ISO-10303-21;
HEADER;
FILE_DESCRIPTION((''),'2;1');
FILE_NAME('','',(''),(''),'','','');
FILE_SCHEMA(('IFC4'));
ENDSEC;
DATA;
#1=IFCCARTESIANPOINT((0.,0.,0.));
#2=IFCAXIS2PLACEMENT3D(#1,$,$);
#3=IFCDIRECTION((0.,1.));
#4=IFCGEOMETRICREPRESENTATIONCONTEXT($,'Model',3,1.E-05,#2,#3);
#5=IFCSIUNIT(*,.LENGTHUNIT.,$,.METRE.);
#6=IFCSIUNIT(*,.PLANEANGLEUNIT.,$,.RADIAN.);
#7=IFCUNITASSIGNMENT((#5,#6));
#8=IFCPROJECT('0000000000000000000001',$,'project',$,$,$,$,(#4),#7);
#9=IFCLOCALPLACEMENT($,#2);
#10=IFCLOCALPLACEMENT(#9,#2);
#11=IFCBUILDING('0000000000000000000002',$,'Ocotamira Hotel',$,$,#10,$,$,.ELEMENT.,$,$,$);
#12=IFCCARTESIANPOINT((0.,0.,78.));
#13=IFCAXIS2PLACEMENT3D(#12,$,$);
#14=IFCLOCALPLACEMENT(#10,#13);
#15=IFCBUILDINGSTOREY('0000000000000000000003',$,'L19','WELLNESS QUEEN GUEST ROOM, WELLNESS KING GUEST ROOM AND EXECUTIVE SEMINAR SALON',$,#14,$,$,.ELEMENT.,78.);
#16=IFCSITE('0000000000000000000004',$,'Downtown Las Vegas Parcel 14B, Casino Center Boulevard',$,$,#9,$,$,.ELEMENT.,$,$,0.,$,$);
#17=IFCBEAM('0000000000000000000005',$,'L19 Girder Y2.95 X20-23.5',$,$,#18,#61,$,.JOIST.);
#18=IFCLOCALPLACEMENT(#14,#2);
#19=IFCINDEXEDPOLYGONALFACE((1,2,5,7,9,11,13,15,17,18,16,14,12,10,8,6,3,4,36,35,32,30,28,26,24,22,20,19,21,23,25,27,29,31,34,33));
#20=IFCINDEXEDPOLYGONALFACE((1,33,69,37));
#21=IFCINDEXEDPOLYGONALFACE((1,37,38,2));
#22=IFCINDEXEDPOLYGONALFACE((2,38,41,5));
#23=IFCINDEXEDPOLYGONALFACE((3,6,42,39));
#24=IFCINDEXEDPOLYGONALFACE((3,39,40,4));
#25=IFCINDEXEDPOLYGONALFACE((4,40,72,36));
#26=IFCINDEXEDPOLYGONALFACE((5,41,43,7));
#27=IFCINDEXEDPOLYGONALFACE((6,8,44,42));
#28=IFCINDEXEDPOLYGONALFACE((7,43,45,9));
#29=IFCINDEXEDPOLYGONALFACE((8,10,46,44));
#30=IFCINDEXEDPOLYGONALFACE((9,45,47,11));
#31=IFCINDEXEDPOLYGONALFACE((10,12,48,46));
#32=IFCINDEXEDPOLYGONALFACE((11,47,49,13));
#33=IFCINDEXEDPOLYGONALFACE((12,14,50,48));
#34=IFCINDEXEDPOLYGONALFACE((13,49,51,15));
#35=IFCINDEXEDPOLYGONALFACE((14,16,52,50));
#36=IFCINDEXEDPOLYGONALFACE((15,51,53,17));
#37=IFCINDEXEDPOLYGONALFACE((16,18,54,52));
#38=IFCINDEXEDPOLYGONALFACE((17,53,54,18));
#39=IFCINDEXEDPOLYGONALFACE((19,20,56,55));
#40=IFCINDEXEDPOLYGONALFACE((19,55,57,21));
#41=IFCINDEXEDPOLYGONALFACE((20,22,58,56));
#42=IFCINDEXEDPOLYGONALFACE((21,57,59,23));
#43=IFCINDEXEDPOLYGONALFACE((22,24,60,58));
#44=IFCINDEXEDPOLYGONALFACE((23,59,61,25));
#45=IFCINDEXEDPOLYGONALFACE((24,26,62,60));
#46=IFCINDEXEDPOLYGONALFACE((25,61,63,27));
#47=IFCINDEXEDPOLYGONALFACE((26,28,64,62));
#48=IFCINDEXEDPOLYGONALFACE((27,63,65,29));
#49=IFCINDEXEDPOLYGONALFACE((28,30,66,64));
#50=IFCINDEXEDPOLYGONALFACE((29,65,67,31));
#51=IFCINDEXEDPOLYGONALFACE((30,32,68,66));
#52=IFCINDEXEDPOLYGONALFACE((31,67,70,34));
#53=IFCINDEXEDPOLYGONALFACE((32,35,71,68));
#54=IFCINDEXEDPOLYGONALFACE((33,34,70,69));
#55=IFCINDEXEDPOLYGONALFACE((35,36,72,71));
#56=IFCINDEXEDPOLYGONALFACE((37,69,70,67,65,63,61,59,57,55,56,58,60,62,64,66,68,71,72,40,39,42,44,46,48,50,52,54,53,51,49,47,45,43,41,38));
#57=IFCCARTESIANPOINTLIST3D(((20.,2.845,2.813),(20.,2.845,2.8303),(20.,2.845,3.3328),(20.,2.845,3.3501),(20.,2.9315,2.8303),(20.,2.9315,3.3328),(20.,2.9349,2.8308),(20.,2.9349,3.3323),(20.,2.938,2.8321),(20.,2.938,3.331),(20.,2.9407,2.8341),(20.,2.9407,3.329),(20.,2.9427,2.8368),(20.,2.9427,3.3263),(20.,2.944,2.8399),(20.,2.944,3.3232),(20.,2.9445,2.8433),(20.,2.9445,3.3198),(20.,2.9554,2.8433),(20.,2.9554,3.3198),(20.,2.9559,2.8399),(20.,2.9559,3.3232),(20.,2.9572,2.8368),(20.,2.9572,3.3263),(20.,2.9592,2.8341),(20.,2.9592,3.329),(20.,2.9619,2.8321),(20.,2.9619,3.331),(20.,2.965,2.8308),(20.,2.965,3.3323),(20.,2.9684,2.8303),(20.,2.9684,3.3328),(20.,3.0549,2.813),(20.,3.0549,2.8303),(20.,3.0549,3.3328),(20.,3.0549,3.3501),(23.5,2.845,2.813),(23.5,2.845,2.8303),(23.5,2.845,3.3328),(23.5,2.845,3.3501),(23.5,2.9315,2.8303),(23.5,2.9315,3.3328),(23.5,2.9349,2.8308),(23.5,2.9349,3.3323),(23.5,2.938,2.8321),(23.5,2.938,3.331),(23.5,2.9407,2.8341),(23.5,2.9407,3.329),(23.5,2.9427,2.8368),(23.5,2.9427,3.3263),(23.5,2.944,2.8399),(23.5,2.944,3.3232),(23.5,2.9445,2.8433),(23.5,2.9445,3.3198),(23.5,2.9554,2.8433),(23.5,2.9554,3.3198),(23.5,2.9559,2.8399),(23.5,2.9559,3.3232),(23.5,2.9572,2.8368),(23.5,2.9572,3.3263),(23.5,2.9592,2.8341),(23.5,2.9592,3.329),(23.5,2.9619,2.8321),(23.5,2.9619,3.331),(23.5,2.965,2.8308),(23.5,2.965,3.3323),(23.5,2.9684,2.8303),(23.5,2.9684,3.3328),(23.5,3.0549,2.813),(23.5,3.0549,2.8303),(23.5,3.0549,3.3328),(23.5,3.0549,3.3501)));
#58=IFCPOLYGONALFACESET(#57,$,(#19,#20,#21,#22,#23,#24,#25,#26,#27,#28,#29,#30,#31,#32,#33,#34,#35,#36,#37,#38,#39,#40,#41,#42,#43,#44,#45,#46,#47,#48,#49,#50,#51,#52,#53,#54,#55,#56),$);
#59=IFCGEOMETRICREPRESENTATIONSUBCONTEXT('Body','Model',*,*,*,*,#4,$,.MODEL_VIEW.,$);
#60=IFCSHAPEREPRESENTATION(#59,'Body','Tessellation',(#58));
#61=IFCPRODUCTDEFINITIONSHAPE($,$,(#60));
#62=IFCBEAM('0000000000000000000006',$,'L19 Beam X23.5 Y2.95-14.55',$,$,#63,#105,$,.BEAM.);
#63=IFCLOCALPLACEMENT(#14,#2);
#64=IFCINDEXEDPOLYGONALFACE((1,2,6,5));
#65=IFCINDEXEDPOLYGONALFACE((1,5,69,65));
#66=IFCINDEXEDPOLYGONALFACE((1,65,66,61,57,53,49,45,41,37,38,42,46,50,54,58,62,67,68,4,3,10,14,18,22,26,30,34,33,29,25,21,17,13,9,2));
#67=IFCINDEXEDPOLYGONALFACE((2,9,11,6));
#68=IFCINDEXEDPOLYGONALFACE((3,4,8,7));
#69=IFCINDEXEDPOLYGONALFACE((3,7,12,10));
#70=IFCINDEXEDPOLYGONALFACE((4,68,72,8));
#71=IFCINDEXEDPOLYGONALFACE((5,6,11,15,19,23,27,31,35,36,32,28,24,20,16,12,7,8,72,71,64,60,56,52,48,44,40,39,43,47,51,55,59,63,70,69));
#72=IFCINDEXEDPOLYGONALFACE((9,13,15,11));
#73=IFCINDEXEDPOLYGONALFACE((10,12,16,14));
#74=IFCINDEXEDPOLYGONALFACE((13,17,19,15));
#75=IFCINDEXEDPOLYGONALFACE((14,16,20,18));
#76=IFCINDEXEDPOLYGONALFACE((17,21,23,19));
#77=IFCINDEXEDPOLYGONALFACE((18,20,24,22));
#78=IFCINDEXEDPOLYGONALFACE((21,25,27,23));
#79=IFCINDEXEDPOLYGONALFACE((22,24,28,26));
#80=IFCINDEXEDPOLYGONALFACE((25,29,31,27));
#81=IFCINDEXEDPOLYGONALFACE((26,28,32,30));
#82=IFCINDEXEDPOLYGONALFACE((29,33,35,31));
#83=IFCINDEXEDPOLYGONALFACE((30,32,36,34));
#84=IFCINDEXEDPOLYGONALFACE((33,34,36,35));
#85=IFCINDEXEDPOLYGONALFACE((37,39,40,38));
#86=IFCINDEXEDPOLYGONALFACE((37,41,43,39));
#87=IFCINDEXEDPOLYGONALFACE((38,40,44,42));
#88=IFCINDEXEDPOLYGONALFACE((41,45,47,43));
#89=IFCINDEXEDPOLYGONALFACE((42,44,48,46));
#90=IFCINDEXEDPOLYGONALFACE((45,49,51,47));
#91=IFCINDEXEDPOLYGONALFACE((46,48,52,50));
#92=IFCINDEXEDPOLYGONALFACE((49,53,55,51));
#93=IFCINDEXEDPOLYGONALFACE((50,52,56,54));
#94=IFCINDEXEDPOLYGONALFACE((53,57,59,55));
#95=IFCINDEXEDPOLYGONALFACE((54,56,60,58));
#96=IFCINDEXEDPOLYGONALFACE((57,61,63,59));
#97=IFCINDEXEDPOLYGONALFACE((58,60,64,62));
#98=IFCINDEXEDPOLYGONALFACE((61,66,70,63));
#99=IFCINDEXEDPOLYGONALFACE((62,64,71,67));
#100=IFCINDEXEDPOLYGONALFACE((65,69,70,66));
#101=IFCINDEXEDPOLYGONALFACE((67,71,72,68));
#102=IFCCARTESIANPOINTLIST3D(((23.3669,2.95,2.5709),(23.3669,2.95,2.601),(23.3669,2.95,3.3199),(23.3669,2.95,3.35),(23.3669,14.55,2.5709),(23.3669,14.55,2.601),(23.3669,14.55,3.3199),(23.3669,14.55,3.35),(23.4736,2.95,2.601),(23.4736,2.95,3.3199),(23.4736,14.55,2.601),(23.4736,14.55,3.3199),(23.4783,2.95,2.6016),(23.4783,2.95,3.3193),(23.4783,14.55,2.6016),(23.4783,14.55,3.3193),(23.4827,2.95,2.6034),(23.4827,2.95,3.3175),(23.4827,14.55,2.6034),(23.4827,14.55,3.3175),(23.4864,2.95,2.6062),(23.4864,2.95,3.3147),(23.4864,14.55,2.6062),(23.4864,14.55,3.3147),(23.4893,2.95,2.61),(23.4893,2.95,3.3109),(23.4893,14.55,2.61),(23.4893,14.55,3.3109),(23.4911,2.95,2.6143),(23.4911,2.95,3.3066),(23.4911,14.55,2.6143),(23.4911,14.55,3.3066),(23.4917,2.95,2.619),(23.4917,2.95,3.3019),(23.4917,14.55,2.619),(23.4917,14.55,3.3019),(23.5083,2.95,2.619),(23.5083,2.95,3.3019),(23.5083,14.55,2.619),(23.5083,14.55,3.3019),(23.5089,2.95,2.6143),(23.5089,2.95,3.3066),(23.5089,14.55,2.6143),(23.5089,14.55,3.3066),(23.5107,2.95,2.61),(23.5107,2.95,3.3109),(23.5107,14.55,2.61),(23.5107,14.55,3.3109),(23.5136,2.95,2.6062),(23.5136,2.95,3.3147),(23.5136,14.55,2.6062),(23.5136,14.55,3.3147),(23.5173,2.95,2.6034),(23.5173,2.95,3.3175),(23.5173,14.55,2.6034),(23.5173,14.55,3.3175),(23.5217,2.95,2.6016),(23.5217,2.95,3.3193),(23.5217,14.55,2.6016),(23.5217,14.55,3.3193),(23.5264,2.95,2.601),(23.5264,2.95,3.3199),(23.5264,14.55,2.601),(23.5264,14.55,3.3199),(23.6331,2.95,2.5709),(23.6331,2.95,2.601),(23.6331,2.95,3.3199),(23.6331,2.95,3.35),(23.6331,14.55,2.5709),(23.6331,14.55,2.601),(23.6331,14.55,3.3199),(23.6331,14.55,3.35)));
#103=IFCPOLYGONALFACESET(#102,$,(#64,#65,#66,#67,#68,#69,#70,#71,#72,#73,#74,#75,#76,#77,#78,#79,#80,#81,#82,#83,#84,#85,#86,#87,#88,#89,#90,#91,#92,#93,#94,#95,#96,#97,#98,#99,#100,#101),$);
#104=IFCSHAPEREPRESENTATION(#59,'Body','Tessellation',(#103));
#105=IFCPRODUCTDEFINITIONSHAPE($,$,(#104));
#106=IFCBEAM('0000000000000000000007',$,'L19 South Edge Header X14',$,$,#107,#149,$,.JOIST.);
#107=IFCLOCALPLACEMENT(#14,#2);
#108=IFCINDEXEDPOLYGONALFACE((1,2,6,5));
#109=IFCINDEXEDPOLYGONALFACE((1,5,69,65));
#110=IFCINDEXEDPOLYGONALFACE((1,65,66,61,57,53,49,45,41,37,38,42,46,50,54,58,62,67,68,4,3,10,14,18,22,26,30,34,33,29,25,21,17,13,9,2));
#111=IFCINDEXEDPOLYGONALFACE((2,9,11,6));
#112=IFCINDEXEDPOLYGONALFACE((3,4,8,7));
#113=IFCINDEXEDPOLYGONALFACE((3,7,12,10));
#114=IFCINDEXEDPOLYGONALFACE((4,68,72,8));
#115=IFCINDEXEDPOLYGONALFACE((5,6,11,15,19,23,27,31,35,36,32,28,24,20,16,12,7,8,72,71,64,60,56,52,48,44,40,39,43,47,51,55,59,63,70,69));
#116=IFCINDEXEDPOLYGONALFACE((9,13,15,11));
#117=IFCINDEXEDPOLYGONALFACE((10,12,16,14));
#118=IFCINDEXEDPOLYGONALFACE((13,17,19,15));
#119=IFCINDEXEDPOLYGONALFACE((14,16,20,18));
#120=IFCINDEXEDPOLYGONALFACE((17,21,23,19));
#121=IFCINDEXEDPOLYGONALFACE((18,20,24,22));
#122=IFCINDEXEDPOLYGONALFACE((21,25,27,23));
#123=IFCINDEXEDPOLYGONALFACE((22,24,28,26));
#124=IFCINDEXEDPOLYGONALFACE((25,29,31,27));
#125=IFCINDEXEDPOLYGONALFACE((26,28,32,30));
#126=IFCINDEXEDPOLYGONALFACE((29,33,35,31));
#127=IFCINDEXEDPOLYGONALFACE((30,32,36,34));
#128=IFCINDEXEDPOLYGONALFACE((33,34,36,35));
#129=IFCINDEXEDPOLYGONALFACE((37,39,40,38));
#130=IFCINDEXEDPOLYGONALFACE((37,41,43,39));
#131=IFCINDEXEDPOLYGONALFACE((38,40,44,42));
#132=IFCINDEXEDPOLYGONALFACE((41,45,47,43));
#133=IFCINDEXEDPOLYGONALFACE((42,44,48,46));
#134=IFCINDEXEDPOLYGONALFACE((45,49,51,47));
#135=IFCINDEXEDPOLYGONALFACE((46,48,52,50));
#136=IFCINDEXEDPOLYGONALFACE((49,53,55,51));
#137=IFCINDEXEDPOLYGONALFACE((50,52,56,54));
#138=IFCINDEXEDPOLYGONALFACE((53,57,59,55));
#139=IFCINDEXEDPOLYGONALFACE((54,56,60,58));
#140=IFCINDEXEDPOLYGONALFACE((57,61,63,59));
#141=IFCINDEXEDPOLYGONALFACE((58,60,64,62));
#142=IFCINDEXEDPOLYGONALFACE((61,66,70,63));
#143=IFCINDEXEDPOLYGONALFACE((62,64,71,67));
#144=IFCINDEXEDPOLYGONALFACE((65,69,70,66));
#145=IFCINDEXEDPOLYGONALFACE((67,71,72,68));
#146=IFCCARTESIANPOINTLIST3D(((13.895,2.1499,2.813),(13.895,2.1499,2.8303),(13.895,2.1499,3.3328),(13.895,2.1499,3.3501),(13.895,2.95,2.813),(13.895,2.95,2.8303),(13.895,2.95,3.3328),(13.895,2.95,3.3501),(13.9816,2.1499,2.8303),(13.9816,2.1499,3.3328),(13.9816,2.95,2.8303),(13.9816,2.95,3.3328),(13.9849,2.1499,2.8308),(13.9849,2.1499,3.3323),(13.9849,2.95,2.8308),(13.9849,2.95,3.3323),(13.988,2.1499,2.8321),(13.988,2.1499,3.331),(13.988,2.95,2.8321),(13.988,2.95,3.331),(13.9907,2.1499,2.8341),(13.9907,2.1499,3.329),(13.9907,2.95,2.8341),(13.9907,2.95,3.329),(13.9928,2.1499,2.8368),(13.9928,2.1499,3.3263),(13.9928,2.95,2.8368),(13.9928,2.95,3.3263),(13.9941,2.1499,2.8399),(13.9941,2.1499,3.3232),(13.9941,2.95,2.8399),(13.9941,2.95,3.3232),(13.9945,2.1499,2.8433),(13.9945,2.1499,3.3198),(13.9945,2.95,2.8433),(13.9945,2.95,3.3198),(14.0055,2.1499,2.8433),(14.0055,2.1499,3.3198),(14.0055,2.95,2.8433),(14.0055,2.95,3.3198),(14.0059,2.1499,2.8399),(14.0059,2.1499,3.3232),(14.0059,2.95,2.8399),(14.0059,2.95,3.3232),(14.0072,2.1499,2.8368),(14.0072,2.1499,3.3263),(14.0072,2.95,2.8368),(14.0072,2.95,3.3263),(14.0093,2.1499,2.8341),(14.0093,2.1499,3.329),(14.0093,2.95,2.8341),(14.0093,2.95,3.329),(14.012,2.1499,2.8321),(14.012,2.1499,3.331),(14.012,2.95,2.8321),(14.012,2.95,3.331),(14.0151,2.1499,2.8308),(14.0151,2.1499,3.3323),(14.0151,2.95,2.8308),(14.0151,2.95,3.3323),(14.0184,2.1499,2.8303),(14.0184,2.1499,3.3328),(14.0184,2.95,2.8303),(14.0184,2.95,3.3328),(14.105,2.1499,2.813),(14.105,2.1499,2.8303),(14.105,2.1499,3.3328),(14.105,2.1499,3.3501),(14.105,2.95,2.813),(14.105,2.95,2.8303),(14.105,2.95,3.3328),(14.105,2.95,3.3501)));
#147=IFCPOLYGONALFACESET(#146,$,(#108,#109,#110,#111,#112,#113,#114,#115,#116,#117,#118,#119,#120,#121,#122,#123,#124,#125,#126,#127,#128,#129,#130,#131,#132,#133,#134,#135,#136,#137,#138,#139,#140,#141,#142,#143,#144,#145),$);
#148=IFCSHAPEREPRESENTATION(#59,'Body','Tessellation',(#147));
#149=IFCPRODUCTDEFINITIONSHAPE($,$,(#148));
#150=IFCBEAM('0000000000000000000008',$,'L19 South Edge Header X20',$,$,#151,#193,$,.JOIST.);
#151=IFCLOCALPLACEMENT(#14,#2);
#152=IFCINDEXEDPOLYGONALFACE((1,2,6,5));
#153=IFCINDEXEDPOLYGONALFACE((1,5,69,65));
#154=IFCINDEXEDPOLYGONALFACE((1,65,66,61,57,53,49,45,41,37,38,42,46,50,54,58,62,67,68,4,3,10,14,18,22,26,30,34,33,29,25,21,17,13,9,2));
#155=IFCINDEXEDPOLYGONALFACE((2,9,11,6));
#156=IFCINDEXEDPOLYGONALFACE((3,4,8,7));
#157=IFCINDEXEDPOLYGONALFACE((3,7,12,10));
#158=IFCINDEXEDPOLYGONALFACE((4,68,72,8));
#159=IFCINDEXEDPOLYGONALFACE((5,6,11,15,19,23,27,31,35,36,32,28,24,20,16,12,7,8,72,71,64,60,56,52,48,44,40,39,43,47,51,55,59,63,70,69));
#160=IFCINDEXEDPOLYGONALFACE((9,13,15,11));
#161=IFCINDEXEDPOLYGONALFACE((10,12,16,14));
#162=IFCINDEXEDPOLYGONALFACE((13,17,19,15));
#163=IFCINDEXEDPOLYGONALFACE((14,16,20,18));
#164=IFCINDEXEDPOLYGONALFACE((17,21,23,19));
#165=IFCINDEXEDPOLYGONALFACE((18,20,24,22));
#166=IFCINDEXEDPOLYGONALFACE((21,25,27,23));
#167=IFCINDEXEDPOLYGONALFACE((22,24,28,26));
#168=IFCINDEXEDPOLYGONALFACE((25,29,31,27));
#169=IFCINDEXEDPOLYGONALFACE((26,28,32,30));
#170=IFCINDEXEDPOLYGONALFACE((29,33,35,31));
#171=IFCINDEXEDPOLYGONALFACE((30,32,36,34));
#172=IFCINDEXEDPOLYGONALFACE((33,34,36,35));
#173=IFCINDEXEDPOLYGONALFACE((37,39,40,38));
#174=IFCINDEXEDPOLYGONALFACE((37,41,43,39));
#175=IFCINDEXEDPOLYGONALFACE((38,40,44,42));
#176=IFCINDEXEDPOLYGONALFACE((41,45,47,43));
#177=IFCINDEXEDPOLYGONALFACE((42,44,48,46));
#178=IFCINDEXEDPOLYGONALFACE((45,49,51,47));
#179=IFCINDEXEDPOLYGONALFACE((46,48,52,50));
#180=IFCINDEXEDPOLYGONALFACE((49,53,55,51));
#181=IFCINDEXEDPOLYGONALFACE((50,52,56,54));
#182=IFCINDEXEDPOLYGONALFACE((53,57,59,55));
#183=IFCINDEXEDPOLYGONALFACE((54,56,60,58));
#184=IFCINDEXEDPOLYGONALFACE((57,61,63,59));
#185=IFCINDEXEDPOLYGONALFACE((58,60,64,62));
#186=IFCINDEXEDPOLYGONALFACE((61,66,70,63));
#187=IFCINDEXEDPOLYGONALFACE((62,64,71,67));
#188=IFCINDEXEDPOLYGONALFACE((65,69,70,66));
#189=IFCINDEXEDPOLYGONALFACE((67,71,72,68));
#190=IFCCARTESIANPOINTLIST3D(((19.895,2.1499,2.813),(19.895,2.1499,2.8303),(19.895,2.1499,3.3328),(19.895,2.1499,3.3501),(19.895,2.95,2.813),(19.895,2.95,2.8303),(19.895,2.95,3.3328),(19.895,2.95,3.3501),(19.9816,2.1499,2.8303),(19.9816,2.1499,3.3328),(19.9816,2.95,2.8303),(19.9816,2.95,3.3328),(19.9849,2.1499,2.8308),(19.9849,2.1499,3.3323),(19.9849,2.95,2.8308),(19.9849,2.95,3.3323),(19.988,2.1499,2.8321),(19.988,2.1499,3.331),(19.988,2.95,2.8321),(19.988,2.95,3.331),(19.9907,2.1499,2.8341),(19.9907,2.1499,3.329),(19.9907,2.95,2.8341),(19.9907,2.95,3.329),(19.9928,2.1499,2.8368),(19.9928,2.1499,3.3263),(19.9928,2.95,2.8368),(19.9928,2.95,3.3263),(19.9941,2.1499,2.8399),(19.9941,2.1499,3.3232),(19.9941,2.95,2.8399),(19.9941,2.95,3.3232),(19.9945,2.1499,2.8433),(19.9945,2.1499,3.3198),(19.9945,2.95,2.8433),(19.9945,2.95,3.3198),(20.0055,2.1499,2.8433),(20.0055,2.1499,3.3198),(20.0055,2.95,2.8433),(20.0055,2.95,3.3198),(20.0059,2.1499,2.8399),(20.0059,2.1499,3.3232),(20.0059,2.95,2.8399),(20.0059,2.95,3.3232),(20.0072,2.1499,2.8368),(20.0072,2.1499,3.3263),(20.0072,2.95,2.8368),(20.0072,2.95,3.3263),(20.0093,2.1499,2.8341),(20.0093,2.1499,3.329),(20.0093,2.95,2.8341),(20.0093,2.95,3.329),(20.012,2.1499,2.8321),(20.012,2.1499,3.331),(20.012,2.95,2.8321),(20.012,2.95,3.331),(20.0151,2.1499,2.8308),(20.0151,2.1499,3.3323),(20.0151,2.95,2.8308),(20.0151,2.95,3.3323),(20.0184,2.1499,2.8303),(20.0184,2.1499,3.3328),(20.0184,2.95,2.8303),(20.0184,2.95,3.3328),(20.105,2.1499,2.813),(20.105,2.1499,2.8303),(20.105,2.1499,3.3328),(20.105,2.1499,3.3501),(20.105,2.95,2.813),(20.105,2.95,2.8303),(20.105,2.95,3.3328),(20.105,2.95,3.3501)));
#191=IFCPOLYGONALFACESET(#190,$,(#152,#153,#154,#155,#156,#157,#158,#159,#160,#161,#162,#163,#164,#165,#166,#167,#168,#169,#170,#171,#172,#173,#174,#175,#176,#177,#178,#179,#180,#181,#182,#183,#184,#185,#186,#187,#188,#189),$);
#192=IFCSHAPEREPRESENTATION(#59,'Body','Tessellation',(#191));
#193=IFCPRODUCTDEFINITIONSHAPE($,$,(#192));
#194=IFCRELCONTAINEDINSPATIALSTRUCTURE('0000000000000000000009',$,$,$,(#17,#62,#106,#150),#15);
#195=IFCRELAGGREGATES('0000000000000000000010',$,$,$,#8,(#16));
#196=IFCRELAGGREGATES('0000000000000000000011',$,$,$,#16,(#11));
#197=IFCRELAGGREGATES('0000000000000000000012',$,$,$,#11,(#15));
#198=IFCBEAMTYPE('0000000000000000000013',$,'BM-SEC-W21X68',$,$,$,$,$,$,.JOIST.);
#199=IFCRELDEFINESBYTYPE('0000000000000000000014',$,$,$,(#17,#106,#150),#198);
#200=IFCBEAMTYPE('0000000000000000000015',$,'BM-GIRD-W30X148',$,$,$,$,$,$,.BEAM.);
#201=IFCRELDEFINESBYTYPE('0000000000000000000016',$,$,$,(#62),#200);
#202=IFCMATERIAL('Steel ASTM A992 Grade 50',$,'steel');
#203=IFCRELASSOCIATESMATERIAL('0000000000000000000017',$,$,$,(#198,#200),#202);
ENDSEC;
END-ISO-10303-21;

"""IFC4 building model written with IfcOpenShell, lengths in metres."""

from ifc_helpers import new_model, si_unit, direction, frame, origin, origin_2d, place, context, subcontext, project, spatial, i_section, extrude, source, transform, mapped, material, material_profile, profile_set, type_object, element, save


model = new_model("IFC4")

# Units and contexts
model_context = context("Model", 3, precision=1e-05, world=origin(), true_north=direction((0.0, 1.0)))
body_context = subcontext(model_context, "Body", "Model", "MODEL_VIEW")
ifc_project = project(units=[si_unit("LENGTHUNIT", "METRE"), si_unit("PLANEANGLEUNIT", "RADIAN")], contexts=[model_context])

# Site, building, storey
site_placement = place(None, origin())
site = spatial("IfcSite", under=ifc_project, at=site_placement, Name="Downtown Las Vegas Parcel 14B, Casino Center Boulevard", CompositionType="ELEMENT", RefElevation=0.0)
building_placement = place(site_placement, origin())
building = spatial("IfcBuilding", under=site, at=building_placement, Name="Ocotamira Hotel", CompositionType="ELEMENT")
storey_placement = place(building_placement, frame((0.0, 0.0, 78.0)))
storey = spatial("IfcBuildingStorey", under=building, at=storey_placement, Name="L19", Description="WELLNESS QUEEN GUEST ROOM, WELLNESS KING GUEST ROOM AND EXECUTIVE SEMINAR SALON", CompositionType="ELEMENT", Elevation=78.0)

# Beams
ifc_material_1 = material(Name="Steel ASTM A992 Grade 50", Category="steel")
ifc_material_profile_1 = material_profile(ifc_material_1, i_section(OverallWidth=0.21, OverallDepth=0.5371, WebThickness=0.011, FlangeThickness=0.0173, FilletRadius=0.0129, at=origin_2d()), Name="W21X68")
ifc_profile_set_1 = profile_set([ifc_material_profile_1], Name="Steel ASTM A992 Grade 50")
beam_type_1 = type_object("IfcBeamType", Name="BM-SEC-W21X68", PredefinedType="JOIST", material=ifc_profile_set_1)
shared_shape_1 = source(origin(), body_context, "Body", "SweptSolid", [
    extrude(i_section(OverallWidth=0.21, OverallDepth=0.5371, WebThickness=0.011, FlangeThickness=0.0173, FilletRadius=0.0129, at=origin_2d()), origin(), (0.0, 0.0, 1.0), 3.5),
])
beam_1_placement = place(storey_placement, frame((20.0, 2.95, 3.0815), z_axis=(1.0, 0.0, 0.0), x_axis=(0.0, 1.0, 0.0)))
element("IfcBeam", 1, at=beam_1_placement, inside=storey, type_object=beam_type_1, Name="L19 Girder Y2.95 X20-23.5", PredefinedType="JOIST", context=body_context, shape_type="MappedRepresentation", body=[
    mapped(shared_shape_1, transform((0.0, 0.0, 0.0), scale=1.0)),
])
ifc_material_profile_2 = material_profile(ifc_material_1, i_section(OverallWidth=0.2661, OverallDepth=0.7791, WebThickness=0.0166, FlangeThickness=0.03, FilletRadius=0.0181, at=origin_2d()), Name="W30X148")
ifc_profile_set_2 = profile_set([ifc_material_profile_2], Name="Steel ASTM A992 Grade 50")
beam_type_2 = type_object("IfcBeamType", Name="BM-GIRD-W30X148", PredefinedType="BEAM", material=ifc_profile_set_2)
shared_shape_2 = source(origin(), body_context, "Body", "SweptSolid", [
    extrude(i_section(OverallWidth=0.2661, OverallDepth=0.7791, WebThickness=0.0166, FlangeThickness=0.03, FilletRadius=0.0181, at=origin_2d()), origin(), (0.0, 0.0, 1.0), 11.6001),
])
beam_2_placement = place(storey_placement, frame((23.5, 2.95, 2.9604), z_axis=(0.0, 1.0, 0.0), x_axis=(-1.0, 0.0, 0.0)))
element("IfcBeam", 2, at=beam_2_placement, inside=storey, type_object=beam_type_2, Name="L19 Beam X23.5 Y2.95-14.55", PredefinedType="BEAM", context=body_context, shape_type="MappedRepresentation", body=[
    mapped(shared_shape_2, transform((0.0, 0.0, 0.0), scale=1.0)),
])
shared_shape_3 = source(origin(), body_context, "Body", "SweptSolid", [
    extrude(i_section(OverallWidth=0.21, OverallDepth=0.5371, WebThickness=0.011, FlangeThickness=0.0173, FilletRadius=0.0129, at=origin_2d()), origin(), (0.0, 0.0, 1.0), 0.8),
])
for number, where, z_axis, x_axis, name in (
    (3, (14.0, 2.95, 3.0815), (0.0, -1.0, 0.0), (1.0, 0.0, 0.0), "L19 South Edge Header X14"),
    (4, (20.0, 2.95, 3.0815), (0.0, -1.0, 0.0), (1.0, 0.0, 0.0), "L19 South Edge Header X20"),
):
    element("IfcBeam", number, at=place(storey_placement, frame(where, z_axis=z_axis, x_axis=x_axis)), inside=storey, type_object=beam_type_1, Name=name, PredefinedType="JOIST", context=body_context, shape_type="MappedRepresentation", body=[
        mapped(shared_shape_3, transform((0.0, 0.0, 0.0), scale=1.0)),
    ])

save(model, "model.ifc")
